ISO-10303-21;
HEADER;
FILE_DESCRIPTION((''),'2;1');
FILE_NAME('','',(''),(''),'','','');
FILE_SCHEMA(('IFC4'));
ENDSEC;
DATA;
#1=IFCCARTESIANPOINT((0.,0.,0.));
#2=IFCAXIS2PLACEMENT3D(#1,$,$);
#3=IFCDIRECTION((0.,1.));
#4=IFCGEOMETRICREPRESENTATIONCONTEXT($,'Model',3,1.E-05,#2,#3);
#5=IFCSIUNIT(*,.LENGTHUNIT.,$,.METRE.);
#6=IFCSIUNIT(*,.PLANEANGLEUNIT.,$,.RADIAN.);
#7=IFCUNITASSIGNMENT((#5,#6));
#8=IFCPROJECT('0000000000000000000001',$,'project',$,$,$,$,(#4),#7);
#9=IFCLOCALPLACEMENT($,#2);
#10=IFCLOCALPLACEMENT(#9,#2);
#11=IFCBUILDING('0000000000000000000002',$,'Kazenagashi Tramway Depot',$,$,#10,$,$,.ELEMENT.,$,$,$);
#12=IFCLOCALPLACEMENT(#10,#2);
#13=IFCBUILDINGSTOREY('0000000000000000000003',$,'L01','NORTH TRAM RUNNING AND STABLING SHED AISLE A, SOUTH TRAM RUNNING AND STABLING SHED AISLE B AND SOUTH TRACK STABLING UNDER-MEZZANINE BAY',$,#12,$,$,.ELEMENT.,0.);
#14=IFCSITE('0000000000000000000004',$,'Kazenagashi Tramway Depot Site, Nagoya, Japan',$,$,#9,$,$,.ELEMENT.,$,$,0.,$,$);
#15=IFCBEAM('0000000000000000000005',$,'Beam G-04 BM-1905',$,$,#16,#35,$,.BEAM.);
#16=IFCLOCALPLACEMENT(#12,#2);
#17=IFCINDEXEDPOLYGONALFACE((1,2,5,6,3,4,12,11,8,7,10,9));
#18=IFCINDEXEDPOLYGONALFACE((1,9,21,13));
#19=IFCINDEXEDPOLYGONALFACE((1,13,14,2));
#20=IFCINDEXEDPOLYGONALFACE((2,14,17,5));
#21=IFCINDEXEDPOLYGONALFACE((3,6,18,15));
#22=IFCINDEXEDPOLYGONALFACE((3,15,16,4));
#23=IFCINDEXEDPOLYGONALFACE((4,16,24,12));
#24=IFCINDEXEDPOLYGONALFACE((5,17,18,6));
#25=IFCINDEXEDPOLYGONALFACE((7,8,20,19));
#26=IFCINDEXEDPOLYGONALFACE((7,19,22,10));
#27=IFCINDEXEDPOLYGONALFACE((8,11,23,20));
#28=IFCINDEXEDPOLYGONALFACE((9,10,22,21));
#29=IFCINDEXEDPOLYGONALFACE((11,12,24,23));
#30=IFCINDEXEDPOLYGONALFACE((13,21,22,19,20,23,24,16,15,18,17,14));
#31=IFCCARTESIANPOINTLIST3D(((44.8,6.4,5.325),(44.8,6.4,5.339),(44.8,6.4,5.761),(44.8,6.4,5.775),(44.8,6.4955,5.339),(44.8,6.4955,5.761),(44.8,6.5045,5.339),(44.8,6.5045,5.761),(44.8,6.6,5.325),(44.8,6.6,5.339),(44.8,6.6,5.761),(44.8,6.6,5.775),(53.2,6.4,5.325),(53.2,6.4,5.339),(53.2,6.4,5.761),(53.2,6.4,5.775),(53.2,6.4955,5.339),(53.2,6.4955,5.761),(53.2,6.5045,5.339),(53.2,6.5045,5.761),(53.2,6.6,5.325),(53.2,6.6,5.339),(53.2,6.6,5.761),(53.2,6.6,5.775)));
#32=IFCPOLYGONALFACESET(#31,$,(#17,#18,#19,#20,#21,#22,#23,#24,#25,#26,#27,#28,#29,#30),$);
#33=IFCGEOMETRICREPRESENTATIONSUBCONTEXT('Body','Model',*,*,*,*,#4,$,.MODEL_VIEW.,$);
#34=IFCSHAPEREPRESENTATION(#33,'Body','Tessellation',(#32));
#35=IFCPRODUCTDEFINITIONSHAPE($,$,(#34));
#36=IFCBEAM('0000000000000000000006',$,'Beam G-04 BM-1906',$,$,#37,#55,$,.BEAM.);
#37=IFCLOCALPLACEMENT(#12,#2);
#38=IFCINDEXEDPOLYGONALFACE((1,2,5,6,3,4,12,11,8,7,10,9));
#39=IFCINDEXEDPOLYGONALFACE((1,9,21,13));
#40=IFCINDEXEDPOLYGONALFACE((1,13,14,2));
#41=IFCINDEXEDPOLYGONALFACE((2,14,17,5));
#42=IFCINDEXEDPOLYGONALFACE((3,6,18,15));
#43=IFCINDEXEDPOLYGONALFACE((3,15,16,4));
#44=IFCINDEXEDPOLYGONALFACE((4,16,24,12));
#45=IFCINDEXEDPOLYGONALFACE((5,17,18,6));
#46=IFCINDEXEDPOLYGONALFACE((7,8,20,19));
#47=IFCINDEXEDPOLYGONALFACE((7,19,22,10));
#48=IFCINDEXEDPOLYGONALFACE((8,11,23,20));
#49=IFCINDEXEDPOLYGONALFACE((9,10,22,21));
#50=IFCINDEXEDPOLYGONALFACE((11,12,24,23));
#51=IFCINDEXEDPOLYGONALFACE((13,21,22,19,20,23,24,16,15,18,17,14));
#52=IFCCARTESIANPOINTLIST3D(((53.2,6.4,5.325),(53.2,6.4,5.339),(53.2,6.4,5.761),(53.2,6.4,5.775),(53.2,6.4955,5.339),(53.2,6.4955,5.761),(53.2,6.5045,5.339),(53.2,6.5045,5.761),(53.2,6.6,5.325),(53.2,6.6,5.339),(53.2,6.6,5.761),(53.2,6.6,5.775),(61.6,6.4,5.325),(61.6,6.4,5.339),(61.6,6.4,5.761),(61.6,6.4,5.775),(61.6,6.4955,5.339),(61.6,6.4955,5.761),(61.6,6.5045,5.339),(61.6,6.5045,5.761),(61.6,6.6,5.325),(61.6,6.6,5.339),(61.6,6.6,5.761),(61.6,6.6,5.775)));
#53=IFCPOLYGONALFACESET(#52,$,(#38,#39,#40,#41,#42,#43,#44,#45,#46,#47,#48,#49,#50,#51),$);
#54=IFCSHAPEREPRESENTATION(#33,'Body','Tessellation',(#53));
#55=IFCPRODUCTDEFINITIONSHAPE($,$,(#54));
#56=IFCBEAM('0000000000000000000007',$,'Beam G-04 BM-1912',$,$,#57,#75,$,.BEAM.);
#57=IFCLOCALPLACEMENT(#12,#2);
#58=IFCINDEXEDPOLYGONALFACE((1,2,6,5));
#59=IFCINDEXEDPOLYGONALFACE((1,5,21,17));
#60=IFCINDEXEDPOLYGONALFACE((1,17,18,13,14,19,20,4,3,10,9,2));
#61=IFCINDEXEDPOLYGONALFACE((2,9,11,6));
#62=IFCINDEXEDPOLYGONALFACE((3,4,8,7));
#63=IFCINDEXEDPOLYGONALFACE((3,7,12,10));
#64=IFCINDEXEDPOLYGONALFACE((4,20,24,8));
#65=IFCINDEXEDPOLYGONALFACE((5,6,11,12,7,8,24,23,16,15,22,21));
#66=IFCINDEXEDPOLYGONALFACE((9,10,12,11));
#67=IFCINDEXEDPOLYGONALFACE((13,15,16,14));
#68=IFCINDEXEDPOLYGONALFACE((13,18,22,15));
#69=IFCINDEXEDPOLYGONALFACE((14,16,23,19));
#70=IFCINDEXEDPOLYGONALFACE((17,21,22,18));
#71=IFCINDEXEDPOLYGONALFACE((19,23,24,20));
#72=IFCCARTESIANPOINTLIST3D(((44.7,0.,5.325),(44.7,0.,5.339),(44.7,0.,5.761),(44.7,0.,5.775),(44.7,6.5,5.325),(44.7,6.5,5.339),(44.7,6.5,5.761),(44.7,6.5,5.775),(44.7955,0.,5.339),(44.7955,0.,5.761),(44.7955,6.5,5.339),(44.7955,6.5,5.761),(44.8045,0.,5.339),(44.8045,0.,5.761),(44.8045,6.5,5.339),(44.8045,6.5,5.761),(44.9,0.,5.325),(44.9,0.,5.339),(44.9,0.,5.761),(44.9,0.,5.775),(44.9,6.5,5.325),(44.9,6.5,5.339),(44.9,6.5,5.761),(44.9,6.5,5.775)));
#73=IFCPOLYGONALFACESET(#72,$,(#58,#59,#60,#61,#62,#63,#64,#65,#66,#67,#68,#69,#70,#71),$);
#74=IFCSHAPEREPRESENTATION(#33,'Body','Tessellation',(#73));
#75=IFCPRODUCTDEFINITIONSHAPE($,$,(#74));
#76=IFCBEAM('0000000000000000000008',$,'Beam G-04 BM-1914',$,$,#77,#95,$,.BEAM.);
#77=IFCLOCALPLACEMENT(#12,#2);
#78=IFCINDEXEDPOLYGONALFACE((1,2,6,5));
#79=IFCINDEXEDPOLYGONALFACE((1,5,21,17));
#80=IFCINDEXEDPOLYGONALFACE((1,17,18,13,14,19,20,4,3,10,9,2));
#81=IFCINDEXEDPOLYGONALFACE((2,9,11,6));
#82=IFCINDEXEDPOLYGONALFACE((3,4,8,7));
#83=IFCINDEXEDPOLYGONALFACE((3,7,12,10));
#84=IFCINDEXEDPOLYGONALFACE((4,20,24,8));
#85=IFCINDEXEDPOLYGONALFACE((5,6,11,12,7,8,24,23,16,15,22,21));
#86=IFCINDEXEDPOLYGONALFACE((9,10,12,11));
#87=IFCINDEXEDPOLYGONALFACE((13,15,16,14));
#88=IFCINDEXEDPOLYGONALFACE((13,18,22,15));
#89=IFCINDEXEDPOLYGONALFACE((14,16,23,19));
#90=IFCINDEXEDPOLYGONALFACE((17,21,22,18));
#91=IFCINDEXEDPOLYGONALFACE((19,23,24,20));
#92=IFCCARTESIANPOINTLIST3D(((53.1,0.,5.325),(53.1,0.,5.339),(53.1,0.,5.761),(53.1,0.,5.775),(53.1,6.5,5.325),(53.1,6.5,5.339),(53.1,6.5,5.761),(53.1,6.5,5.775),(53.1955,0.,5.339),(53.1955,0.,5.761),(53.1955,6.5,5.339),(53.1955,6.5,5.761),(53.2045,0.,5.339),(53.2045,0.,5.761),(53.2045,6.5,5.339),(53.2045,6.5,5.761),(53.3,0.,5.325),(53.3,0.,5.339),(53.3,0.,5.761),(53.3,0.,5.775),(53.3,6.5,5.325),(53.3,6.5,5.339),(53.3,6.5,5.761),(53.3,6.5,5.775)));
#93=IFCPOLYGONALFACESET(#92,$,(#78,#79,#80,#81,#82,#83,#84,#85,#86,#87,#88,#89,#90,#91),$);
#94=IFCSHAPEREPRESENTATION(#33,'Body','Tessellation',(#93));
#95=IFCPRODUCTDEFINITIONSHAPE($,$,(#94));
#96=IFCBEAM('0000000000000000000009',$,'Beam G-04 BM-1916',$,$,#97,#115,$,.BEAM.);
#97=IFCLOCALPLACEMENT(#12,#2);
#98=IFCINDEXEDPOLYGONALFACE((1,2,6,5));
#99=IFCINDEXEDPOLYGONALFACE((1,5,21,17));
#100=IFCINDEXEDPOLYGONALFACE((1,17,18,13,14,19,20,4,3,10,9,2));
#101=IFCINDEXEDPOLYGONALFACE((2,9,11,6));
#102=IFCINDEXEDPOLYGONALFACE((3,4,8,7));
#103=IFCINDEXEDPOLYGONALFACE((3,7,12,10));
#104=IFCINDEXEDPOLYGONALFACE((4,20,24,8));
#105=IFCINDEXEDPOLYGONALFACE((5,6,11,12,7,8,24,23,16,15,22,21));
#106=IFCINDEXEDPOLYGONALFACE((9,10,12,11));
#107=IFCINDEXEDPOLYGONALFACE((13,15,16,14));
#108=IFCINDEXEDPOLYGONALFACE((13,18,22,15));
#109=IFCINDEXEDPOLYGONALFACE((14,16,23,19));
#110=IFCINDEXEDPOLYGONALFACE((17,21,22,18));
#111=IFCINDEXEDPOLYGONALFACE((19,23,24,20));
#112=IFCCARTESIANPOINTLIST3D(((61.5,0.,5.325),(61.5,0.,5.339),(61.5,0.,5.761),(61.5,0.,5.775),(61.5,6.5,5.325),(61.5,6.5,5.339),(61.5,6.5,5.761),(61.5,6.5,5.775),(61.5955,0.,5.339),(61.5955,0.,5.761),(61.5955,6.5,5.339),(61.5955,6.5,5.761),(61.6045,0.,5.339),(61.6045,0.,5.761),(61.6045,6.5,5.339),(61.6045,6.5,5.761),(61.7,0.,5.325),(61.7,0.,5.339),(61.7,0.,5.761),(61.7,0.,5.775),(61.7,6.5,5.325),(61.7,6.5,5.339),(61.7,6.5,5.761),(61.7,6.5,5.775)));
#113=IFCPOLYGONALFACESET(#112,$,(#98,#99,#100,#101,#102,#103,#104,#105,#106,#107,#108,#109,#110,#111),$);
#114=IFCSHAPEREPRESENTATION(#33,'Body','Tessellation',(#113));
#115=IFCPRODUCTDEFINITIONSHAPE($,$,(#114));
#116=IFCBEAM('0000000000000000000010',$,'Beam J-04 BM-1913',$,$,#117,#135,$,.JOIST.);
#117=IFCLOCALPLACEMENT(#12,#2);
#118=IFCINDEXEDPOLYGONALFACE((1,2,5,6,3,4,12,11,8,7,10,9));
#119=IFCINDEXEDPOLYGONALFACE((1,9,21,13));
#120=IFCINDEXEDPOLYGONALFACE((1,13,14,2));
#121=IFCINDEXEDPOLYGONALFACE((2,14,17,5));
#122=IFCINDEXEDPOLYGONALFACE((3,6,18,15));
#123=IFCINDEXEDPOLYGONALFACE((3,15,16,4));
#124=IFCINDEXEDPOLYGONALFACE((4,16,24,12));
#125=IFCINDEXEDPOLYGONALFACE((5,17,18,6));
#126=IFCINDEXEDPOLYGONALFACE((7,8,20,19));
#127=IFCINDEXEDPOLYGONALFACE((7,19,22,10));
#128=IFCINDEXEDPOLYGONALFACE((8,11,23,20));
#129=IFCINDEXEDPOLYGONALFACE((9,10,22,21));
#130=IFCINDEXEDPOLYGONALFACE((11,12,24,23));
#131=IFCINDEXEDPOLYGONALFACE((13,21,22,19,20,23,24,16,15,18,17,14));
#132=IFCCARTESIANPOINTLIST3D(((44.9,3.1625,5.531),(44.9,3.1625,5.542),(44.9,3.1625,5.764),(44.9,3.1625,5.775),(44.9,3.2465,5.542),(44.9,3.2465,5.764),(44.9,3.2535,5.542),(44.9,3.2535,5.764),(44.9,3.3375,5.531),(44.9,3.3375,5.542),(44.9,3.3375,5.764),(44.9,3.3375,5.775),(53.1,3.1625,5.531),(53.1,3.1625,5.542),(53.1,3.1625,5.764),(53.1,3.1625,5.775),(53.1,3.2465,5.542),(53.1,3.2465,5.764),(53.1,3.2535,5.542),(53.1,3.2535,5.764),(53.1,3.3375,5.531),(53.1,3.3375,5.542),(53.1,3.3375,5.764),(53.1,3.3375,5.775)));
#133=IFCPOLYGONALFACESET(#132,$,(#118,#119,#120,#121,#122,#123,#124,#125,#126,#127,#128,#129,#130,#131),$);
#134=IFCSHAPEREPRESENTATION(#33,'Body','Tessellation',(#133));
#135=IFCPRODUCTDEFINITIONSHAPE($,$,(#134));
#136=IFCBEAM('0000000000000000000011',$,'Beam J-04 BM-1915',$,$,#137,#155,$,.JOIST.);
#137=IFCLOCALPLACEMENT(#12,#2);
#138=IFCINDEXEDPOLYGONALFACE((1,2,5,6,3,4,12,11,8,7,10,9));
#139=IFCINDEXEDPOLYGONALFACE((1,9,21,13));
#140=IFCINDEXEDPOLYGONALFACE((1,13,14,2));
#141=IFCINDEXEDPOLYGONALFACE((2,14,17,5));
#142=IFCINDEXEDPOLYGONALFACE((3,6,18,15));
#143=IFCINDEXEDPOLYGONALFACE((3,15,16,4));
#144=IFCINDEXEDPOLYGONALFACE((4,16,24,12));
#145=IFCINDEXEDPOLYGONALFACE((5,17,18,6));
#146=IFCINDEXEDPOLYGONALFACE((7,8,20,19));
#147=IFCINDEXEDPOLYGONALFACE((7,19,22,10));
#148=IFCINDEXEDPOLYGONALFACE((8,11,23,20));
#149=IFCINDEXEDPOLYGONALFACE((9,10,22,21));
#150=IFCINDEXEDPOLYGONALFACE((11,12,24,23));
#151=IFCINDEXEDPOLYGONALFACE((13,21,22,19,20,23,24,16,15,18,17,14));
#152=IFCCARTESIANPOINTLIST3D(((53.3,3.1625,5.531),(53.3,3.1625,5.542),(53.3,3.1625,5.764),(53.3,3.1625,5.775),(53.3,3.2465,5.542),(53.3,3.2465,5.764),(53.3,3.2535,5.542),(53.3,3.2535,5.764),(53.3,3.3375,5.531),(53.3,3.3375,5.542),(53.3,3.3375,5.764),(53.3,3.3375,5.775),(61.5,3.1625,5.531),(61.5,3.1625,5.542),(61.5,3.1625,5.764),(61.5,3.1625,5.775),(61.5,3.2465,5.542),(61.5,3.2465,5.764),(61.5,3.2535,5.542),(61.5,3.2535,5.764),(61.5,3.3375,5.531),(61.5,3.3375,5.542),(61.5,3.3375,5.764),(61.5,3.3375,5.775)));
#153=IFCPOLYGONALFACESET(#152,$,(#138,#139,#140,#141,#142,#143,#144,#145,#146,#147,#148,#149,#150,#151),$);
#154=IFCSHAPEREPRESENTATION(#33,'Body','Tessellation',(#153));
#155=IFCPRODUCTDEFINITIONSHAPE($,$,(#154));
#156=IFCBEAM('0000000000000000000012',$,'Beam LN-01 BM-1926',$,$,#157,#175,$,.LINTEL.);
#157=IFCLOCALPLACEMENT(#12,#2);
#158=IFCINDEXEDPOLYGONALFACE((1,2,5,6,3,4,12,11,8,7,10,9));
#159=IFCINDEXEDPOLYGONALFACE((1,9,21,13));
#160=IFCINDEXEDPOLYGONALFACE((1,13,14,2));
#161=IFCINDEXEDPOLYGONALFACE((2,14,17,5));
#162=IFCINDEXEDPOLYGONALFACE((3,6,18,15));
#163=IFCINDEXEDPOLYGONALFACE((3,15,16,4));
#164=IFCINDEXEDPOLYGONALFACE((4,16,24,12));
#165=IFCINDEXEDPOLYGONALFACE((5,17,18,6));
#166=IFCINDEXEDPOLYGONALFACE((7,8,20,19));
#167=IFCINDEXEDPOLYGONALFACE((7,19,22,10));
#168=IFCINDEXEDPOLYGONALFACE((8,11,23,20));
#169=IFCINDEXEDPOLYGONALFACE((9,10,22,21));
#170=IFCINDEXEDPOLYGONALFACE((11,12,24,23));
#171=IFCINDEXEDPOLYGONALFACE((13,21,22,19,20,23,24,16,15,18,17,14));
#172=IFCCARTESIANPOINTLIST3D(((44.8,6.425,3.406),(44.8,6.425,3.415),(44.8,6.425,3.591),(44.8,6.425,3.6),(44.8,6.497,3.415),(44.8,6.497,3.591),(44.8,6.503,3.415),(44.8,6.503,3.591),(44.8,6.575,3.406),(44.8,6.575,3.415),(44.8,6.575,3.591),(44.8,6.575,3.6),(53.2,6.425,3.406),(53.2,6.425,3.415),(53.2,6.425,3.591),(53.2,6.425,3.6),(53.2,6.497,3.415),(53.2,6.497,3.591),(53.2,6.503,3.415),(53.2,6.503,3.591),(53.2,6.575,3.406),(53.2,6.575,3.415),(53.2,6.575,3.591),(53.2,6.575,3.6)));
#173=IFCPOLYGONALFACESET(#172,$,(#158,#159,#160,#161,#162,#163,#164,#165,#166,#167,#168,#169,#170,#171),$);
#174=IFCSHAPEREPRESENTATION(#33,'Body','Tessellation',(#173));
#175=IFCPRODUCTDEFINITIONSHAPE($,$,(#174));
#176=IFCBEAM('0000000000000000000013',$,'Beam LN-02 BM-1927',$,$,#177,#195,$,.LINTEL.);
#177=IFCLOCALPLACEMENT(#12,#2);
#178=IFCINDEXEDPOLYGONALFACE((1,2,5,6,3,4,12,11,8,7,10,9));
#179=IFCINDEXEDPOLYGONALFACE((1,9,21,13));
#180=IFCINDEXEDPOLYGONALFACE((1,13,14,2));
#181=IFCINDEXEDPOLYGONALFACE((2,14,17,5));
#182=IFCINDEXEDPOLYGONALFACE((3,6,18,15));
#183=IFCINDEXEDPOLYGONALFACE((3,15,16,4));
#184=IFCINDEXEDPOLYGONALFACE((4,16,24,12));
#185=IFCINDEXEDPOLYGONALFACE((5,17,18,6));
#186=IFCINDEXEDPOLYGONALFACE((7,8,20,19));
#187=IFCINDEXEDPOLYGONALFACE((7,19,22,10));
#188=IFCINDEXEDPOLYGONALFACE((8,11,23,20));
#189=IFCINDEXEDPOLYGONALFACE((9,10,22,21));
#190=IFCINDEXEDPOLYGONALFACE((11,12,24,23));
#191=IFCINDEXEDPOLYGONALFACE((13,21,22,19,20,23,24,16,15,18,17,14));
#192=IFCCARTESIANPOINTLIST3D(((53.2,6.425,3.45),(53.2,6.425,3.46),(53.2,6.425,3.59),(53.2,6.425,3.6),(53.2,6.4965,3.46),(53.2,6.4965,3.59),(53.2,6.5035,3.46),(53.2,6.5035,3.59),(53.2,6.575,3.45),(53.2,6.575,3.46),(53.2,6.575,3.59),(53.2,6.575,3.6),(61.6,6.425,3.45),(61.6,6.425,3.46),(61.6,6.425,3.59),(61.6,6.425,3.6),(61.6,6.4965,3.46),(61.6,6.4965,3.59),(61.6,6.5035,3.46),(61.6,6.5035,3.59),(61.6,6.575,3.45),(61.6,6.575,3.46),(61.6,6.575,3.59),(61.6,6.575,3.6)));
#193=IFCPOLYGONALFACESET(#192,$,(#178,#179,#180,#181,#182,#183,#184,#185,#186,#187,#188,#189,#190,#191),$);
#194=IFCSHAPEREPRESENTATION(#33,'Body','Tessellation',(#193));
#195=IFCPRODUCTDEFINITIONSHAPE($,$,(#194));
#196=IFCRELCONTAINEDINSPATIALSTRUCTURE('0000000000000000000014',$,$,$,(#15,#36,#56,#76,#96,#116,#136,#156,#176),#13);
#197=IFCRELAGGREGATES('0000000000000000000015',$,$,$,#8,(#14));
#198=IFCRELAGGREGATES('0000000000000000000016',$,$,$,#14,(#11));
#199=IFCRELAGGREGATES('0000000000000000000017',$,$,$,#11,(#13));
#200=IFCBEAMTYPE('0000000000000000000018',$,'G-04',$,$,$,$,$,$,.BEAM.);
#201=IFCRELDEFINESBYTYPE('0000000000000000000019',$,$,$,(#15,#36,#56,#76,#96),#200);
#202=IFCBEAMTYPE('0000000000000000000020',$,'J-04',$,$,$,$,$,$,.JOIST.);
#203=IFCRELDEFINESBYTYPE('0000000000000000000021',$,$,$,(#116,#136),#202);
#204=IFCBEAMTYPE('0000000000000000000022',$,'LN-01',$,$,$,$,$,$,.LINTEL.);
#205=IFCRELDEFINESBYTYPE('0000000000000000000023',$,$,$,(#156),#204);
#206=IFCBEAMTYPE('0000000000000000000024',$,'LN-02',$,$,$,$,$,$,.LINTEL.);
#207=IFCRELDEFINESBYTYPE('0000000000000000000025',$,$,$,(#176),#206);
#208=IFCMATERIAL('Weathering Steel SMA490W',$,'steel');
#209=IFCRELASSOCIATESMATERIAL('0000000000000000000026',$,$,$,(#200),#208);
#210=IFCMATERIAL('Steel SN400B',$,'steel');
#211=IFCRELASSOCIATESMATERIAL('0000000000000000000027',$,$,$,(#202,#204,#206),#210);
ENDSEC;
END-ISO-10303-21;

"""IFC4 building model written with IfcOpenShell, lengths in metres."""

from ifc_helpers import new_model, si_unit, direction, frame, origin, origin_2d, place, context, subcontext, project, spatial, i_section, extrude, material, material_profile, profile_set, type_object, element, save


model = new_model("IFC4")

# Units and contexts
model_context = context("Model", 3, precision=1e-05, world=origin(), true_north=direction((0.0, 1.0)))
body_context = subcontext(model_context, "Body", "Model", "MODEL_VIEW")
ifc_project = project(units=[si_unit("LENGTHUNIT", "METRE"), si_unit("PLANEANGLEUNIT", "RADIAN")], contexts=[model_context])

# Site, building, storey
site_placement = place(None, origin())
site = spatial("IfcSite", under=ifc_project, at=site_placement, Name="Kazenagashi Tramway Depot Site, Nagoya, Japan", CompositionType="ELEMENT", RefElevation=0.0)
building_placement = place(site_placement, origin())
building = spatial("IfcBuilding", under=site, at=building_placement, Name="Kazenagashi Tramway Depot", CompositionType="ELEMENT")
storey_placement = place(building_placement, origin())
storey = spatial("IfcBuildingStorey", under=building, at=storey_placement, Name="L01", Description="NORTH TRAM RUNNING AND STABLING SHED AISLE A, SOUTH TRAM RUNNING AND STABLING SHED AISLE B AND SOUTH TRACK STABLING UNDER-MEZZANINE BAY", CompositionType="ELEMENT", Elevation=0.0)

# Shared definitions
ifc_material_1 = material(Name="Weathering Steel SMA490W", Category="steel")

# Beams
ifc_material_profile_1 = material_profile(ifc_material_1, i_section(OverallWidth=0.2, OverallDepth=0.45, WebThickness=0.009, FlangeThickness=0.014, at=origin_2d()), Name="H-450x200x9x14")
ifc_profile_set_1 = profile_set([ifc_material_profile_1], Name="Weathering Steel SMA490W")
beam_type_1 = type_object("IfcBeamType", Name="G-04", PredefinedType="BEAM", material=ifc_profile_set_1)
for number, where, z_axis, x_axis, name in (
    (1, (44.8, 6.5, 5.55), (1.0, 0.0, 0.0), (0.0, 1.0, 0.0), "Beam G-04 BM-1905"),
    (2, (53.2, 6.5, 5.55), (1.0, 0.0, 0.0), (0.0, 1.0, 0.0), "Beam G-04 BM-1906"),
):
    element("IfcBeam", number, at=place(storey_placement, frame(where, z_axis=z_axis, x_axis=x_axis)), inside=storey, type_object=beam_type_1, Name=name, PredefinedType="BEAM", context=body_context, shape_type="SweptSolid", body=[
        extrude(i_section(OverallWidth=0.2, OverallDepth=0.45, WebThickness=0.009, FlangeThickness=0.014, at=origin_2d()), origin(), (0.0, 0.0, 1.0), 8.4),
    ])
for number, where, z_axis, x_axis, name in (
    (3, (44.8, 0.0, 5.55), (0.0, 1.0, 0.0), (-1.0, 0.0, 0.0), "Beam G-04 BM-1912"),
    (4, (53.2, 0.0, 5.55), (0.0, 1.0, 0.0), (-1.0, 0.0, 0.0), "Beam G-04 BM-1914"),
    (5, (61.6, 0.0, 5.55), (0.0, 1.0, 0.0), (-1.0, 0.0, 0.0), "Beam G-04 BM-1916"),
):
    element("IfcBeam", number, at=place(storey_placement, frame(where, z_axis=z_axis, x_axis=x_axis)), inside=storey, type_object=beam_type_1, Name=name, PredefinedType="BEAM", context=body_context, shape_type="SweptSolid", body=[
        extrude(i_section(OverallWidth=0.2, OverallDepth=0.45, WebThickness=0.009, FlangeThickness=0.014, at=origin_2d()), origin(), (0.0, 0.0, 1.0), 6.5),
    ])
ifc_material_2 = material(Name="Steel SN400B", Category="steel")
ifc_material_profile_2 = material_profile(ifc_material_2, i_section(OverallWidth=0.175, OverallDepth=0.244, WebThickness=0.007, FlangeThickness=0.011, at=origin_2d()), Name="H-244x175x7x11")
ifc_profile_set_2 = profile_set([ifc_material_profile_2], Name="Steel SN400B")
beam_type_2 = type_object("IfcBeamType", Name="J-04", PredefinedType="JOIST", material=ifc_profile_set_2)
for number, where, z_axis, x_axis, name in (
    (6, (44.9, 3.25, 5.653), (1.0, 0.0, 0.0), (0.0, 1.0, 0.0), "Beam J-04 BM-1913"),
    (7, (53.3, 3.25, 5.653), (1.0, 0.0, 0.0), (0.0, 1.0, 0.0), "Beam J-04 BM-1915"),
):
    element("IfcBeam", number, at=place(storey_placement, frame(where, z_axis=z_axis, x_axis=x_axis)), inside=storey, type_object=beam_type_2, Name=name, PredefinedType="JOIST", context=body_context, shape_type="SweptSolid", body=[
        extrude(i_section(OverallWidth=0.175, OverallDepth=0.244, WebThickness=0.007, FlangeThickness=0.011, at=origin_2d()), origin(), (0.0, 0.0, 1.0), 8.2),
    ])
ifc_material_profile_3 = material_profile(ifc_material_2, i_section(OverallWidth=0.15, OverallDepth=0.194, WebThickness=0.006, FlangeThickness=0.009, at=origin_2d()), Name="H-194x150x6x9")
ifc_profile_set_3 = profile_set([ifc_material_profile_3], Name="Steel SN400B")
beam_type_3 = type_object("IfcBeamType", Name="LN-01", PredefinedType="LINTEL", material=ifc_profile_set_3)
beam_1_placement = place(storey_placement, frame((44.8, 6.5, 3.503), z_axis=(1.0, 0.0, 0.0), x_axis=(0.0, 1.0, 0.0)))
element("IfcBeam", 8, at=beam_1_placement, inside=storey, type_object=beam_type_3, Name="Beam LN-01 BM-1926", PredefinedType="LINTEL", context=body_context, shape_type="SweptSolid", body=[
    extrude(i_section(OverallWidth=0.15, OverallDepth=0.194, WebThickness=0.006, FlangeThickness=0.009, at=origin_2d()), origin(), (0.0, 0.0, 1.0), 8.4),
])
ifc_material_profile_4 = material_profile(ifc_material_2, i_section(OverallWidth=0.15, OverallDepth=0.15, WebThickness=0.007, FlangeThickness=0.01, at=origin_2d()), Name="H-150x150x7x10")
ifc_profile_set_4 = profile_set([ifc_material_profile_4], Name="Steel SN400B")
beam_type_4 = type_object("IfcBeamType", Name="LN-02", PredefinedType="LINTEL", material=ifc_profile_set_4)
beam_2_placement = place(storey_placement, frame((53.2, 6.5, 3.525), z_axis=(1.0, 0.0, 0.0), x_axis=(0.0, 1.0, 0.0)))
element("IfcBeam", 9, at=beam_2_placement, inside=storey, type_object=beam_type_4, Name="Beam LN-02 BM-1927", PredefinedType="LINTEL", context=body_context, shape_type="SweptSolid", body=[
    extrude(i_section(OverallWidth=0.15, OverallDepth=0.15, WebThickness=0.007, FlangeThickness=0.01, at=origin_2d()), origin(), (0.0, 0.0, 1.0), 8.4),
])

save(model, "model.ifc")
